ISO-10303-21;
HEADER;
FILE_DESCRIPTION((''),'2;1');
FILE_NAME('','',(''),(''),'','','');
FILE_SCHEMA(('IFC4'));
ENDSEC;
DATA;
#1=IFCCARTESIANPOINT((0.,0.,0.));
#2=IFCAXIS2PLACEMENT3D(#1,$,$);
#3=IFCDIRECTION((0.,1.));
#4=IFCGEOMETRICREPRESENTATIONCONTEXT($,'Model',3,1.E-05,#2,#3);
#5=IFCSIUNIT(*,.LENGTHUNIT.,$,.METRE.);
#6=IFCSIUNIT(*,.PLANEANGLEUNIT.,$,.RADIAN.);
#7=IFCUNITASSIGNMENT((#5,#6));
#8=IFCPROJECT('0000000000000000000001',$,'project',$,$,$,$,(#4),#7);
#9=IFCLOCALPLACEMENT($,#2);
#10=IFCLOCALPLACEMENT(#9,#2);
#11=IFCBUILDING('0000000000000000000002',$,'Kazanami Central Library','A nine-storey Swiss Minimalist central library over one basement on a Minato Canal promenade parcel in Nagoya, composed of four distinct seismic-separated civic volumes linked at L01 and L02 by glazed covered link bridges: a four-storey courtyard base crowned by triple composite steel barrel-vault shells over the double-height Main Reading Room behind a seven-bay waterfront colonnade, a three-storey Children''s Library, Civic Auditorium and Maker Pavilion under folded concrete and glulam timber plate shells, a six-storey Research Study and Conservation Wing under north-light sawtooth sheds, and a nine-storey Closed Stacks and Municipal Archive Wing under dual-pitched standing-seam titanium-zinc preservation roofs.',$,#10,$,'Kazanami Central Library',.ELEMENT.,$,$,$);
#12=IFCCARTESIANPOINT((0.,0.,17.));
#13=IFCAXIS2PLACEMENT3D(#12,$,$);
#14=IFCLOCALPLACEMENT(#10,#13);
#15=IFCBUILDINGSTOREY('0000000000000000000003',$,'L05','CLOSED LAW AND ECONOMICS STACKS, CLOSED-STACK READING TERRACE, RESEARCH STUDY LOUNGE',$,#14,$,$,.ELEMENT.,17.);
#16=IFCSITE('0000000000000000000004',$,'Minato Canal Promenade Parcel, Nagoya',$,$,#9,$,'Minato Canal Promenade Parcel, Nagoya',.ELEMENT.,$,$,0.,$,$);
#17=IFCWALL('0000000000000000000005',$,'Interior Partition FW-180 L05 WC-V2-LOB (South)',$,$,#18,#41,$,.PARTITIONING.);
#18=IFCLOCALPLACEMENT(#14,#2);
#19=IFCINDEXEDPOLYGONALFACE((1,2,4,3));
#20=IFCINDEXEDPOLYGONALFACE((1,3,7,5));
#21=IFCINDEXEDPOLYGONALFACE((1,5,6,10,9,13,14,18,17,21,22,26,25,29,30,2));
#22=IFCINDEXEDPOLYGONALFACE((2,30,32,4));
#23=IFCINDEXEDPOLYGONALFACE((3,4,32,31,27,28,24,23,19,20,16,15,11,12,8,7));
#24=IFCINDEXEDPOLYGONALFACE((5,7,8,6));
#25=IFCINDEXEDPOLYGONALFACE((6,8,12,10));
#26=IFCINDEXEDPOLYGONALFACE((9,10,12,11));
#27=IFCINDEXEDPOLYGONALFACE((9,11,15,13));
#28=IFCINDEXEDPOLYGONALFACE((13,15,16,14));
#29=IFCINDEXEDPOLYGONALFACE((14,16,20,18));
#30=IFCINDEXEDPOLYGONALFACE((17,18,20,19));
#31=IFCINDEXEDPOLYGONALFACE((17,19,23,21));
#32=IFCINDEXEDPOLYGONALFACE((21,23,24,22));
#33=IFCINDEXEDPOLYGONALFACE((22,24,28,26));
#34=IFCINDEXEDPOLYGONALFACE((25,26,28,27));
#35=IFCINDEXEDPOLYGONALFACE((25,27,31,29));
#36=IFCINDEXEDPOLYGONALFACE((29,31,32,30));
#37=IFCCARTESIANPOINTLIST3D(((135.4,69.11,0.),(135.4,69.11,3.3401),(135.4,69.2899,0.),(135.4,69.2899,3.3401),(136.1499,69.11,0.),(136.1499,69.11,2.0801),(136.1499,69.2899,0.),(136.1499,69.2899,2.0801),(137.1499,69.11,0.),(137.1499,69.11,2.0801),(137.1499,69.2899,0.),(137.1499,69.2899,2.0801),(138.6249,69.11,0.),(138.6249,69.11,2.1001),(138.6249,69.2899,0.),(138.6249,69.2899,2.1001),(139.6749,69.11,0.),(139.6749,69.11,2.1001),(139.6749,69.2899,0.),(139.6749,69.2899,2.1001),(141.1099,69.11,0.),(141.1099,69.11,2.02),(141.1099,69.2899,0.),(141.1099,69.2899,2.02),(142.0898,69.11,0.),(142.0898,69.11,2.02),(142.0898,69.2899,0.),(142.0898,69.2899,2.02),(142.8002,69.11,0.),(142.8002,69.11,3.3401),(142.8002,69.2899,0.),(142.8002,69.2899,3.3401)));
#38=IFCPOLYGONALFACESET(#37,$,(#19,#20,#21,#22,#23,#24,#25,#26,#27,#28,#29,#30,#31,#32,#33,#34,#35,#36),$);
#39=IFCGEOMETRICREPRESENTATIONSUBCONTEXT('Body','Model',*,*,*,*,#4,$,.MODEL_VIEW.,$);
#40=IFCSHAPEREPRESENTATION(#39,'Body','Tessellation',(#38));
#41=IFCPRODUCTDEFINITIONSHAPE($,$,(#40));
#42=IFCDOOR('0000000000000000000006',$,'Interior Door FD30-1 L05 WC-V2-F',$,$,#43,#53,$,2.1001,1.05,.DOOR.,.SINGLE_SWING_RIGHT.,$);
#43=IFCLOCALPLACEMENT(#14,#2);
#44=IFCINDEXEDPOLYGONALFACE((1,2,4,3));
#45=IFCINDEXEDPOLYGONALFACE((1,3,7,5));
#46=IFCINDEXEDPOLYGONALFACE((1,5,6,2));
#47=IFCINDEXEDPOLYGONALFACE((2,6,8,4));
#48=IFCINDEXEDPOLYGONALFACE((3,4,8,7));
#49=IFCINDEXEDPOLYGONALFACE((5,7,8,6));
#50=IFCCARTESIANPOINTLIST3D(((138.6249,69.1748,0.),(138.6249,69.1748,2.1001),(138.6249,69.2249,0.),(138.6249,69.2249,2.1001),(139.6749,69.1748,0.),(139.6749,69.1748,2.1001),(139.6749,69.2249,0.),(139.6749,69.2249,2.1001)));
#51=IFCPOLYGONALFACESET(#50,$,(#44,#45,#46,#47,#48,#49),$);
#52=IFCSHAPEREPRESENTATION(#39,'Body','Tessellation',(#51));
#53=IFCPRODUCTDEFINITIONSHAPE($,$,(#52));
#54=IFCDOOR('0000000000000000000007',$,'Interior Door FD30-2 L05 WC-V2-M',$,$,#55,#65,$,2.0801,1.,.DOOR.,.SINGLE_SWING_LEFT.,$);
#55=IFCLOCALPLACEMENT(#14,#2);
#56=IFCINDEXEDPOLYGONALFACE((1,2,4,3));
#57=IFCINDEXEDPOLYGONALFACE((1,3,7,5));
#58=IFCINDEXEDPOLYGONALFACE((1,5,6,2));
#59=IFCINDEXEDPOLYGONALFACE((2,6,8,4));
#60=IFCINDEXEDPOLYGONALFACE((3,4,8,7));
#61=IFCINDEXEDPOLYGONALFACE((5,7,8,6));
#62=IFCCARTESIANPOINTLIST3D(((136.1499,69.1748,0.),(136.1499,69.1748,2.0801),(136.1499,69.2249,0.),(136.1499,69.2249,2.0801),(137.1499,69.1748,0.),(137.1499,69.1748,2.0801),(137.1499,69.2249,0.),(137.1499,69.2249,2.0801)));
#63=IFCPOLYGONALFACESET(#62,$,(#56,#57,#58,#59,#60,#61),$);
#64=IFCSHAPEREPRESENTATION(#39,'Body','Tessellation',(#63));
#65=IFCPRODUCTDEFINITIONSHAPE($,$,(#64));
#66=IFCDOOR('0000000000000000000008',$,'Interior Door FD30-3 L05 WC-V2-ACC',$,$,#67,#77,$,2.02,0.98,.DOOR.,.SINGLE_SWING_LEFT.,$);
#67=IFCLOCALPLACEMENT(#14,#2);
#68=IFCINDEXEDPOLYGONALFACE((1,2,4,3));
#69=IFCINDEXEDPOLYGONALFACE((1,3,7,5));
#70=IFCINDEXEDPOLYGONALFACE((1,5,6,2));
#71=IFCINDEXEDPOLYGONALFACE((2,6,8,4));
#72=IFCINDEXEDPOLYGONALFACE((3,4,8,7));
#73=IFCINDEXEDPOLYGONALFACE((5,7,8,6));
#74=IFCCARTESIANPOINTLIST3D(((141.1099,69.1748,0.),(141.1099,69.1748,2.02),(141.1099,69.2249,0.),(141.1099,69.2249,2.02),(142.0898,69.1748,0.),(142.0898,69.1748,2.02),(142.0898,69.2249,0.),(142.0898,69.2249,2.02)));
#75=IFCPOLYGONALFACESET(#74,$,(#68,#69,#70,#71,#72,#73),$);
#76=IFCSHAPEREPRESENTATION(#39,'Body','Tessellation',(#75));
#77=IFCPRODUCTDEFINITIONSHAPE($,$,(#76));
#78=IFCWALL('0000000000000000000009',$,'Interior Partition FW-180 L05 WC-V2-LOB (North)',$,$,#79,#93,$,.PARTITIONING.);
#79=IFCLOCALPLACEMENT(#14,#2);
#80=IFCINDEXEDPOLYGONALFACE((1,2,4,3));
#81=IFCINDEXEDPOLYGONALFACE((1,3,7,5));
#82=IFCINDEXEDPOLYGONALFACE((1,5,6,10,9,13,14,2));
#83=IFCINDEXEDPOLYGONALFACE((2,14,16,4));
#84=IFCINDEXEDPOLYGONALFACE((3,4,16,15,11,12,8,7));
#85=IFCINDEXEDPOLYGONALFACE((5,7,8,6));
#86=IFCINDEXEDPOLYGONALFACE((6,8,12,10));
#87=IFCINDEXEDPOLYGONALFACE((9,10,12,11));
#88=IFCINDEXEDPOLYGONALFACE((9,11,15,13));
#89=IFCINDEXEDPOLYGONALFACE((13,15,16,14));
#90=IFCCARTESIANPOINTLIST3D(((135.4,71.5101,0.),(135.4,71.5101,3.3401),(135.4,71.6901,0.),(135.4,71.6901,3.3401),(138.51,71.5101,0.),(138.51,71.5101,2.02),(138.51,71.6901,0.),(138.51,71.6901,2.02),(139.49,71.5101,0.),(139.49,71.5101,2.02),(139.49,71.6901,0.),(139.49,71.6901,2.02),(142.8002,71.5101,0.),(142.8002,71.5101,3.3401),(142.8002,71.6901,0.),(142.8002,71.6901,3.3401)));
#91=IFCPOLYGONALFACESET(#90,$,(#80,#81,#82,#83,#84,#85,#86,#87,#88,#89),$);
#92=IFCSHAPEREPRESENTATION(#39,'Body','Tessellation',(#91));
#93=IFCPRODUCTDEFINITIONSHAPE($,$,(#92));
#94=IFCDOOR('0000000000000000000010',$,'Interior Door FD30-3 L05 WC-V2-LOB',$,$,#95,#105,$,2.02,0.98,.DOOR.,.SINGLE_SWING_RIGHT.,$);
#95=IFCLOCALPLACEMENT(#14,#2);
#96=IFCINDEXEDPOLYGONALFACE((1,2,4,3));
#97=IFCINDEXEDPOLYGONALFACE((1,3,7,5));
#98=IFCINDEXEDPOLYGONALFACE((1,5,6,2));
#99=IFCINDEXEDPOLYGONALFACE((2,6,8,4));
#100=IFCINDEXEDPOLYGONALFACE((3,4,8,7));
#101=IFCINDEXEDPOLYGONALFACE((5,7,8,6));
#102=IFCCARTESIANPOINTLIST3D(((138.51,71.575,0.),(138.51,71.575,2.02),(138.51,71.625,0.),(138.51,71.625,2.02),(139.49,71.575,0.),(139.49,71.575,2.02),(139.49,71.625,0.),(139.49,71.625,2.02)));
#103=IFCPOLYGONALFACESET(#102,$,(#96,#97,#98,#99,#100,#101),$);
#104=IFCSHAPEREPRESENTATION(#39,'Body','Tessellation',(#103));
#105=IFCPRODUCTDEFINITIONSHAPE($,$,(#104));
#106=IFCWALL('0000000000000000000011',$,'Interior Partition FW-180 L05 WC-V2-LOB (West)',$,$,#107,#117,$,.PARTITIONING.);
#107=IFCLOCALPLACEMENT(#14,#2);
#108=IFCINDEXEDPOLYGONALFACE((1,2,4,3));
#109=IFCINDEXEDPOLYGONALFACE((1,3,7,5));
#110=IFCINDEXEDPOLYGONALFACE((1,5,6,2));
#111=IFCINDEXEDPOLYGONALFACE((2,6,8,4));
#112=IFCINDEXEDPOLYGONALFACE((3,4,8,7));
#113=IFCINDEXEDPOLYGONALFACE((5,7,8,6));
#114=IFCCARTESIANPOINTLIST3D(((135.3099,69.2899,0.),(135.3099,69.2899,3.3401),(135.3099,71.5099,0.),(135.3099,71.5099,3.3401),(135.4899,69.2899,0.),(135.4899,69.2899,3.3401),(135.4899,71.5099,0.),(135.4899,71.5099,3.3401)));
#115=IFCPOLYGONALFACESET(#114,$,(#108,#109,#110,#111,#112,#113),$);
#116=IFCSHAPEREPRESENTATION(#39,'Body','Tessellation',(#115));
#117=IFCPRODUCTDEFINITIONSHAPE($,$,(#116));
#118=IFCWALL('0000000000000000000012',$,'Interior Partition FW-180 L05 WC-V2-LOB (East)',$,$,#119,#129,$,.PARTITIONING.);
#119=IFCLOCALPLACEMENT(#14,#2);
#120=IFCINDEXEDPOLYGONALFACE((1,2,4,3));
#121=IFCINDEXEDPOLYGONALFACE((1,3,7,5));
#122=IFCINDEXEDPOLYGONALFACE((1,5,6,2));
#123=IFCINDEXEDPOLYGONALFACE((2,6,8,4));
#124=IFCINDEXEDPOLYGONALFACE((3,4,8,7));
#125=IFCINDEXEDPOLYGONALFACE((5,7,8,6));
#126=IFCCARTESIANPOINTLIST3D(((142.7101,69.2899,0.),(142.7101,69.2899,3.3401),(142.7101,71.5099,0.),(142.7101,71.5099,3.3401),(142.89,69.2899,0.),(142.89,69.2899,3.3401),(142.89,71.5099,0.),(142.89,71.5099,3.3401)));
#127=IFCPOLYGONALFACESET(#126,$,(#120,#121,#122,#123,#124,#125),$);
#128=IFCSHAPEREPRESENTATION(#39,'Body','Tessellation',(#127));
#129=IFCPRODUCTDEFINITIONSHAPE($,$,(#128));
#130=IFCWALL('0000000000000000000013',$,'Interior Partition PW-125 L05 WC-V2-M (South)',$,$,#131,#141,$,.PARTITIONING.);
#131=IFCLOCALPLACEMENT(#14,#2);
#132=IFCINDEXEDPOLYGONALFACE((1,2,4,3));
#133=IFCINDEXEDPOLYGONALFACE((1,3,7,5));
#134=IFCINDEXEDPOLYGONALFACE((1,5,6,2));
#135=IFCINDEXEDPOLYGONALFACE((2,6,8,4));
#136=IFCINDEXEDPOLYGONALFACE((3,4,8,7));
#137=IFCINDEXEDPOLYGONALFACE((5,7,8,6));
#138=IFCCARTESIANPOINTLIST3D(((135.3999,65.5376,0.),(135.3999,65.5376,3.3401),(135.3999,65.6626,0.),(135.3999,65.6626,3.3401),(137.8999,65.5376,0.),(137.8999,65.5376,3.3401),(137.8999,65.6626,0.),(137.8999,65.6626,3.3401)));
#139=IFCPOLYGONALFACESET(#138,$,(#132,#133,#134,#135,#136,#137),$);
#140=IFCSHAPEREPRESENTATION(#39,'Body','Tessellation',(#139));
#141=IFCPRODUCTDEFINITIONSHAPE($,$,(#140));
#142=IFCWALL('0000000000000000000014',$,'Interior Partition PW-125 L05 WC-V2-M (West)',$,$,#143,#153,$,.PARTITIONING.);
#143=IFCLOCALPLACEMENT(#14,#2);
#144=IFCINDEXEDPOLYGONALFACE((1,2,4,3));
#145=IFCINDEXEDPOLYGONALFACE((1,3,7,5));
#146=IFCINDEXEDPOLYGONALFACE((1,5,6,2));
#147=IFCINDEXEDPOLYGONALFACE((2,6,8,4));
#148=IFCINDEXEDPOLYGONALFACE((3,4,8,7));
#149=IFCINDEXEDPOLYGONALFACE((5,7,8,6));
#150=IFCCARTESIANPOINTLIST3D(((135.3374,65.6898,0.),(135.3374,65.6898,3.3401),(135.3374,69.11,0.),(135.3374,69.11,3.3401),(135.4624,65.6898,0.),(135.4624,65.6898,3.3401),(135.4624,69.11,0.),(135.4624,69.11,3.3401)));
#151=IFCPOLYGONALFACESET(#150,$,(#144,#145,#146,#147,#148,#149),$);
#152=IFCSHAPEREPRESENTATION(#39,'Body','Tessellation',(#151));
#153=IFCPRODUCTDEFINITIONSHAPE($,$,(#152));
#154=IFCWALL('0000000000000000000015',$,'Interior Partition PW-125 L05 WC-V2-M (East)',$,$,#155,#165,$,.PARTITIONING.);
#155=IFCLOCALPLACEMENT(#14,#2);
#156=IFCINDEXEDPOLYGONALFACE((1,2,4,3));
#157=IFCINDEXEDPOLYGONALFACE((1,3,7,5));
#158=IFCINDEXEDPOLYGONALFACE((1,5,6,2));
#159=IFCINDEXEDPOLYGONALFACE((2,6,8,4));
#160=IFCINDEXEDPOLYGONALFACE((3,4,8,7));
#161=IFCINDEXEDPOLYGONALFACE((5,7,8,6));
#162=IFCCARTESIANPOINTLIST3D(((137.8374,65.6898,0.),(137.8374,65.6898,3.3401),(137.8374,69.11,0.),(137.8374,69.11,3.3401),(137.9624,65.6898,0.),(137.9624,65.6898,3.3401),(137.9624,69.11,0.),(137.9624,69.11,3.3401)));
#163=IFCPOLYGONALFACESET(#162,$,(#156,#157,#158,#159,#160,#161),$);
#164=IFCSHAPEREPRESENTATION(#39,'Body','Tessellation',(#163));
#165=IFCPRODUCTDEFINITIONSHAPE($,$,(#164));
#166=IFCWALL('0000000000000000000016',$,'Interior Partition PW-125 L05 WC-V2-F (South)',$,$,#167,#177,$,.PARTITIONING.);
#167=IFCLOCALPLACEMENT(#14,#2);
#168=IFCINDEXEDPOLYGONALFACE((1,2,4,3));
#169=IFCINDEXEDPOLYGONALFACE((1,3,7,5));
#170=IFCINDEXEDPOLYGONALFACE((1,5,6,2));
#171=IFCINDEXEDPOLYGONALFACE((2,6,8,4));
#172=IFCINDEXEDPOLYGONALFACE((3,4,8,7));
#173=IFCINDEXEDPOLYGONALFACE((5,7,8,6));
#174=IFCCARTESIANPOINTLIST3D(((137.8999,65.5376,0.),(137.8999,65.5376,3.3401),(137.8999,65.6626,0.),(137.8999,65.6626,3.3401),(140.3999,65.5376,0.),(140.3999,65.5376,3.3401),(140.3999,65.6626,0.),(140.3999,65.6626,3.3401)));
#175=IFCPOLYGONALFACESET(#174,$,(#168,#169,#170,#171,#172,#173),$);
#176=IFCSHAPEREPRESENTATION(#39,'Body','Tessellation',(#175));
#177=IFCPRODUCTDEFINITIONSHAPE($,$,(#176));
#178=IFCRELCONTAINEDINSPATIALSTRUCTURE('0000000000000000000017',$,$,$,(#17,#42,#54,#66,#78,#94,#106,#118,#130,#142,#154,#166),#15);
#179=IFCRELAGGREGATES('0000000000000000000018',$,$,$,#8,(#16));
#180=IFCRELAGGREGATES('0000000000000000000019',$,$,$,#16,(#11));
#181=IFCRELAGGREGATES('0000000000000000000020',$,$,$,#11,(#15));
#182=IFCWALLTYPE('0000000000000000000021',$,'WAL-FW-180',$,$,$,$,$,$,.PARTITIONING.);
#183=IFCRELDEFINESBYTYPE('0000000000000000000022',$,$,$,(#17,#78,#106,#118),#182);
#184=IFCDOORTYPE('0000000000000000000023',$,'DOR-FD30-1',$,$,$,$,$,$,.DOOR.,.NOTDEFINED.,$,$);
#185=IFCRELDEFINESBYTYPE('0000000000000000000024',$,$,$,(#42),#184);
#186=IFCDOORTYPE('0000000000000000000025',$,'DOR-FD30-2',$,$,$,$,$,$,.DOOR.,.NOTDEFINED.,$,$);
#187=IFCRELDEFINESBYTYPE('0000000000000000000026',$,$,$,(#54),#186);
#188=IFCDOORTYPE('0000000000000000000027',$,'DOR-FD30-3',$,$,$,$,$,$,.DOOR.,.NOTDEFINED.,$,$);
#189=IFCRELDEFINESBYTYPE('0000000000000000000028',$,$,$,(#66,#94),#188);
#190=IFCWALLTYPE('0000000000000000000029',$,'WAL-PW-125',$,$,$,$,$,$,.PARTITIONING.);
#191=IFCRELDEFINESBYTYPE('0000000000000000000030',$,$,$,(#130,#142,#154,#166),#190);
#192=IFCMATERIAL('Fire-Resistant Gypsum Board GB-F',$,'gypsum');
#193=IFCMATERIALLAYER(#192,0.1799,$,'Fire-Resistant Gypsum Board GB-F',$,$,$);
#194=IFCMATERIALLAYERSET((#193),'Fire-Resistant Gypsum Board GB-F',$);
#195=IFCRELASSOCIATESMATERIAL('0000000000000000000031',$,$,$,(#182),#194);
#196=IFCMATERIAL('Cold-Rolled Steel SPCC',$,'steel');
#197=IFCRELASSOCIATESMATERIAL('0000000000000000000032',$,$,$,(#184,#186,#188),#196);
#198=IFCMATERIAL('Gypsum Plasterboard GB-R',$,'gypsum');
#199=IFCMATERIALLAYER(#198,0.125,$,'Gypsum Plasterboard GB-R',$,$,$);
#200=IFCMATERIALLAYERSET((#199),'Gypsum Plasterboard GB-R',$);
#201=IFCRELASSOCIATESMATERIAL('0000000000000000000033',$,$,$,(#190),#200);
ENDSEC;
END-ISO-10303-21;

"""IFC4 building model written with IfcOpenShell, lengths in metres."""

from ifc_helpers import new_model, si_unit, direction, frame, frame_2d, origin, place, context, subcontext, project, spatial, rectangle, extrude, material, layer, layer_set, type_object, element, fill, save


model = new_model("IFC4")

# Units and contexts
model_context = context("Model", 3, precision=1e-05, world=origin(), true_north=direction((0.0, 1.0)))
body_context = subcontext(model_context, "Body", "Model", "MODEL_VIEW")
ifc_project = project(units=[si_unit("LENGTHUNIT", "METRE"), si_unit("PLANEANGLEUNIT", "RADIAN")], contexts=[model_context])

# Site, building, storey
site_placement = place(None, origin())
site = spatial("IfcSite", under=ifc_project, at=site_placement, Name="Minato Canal Promenade Parcel, Nagoya", LongName="Minato Canal Promenade Parcel, Nagoya", CompositionType="ELEMENT", RefElevation=0.0)
building_placement = place(site_placement, origin())
building = spatial("IfcBuilding", under=site, at=building_placement, Name="Kazanami Central Library", Description="A nine-storey Swiss Minimalist central library over one basement on a Minato Canal promenade parcel in Nagoya, composed of four distinct seismic-separated civic volumes linked at L01 and L02 by glazed covered link bridges: a four-storey courtyard base crowned by triple composite steel barrel-vault shells over the double-height Main Reading Room behind a seven-bay waterfront colonnade, a three-storey Children's Library, Civic Auditorium and Maker Pavilion under folded concrete and glulam timber plate shells, a six-storey Research Study and Conservation Wing under north-light sawtooth sheds, and a nine-storey Closed Stacks and Municipal Archive Wing under dual-pitched standing-seam titanium-zinc preservation roofs.", LongName="Kazanami Central Library", CompositionType="ELEMENT")
storey_placement = place(building_placement, frame((0.0, 0.0, 17.0)))
storey = spatial("IfcBuildingStorey", under=building, at=storey_placement, Name="L05", Description="CLOSED LAW AND ECONOMICS STACKS, CLOSED-STACK READING TERRACE, RESEARCH STUDY LOUNGE", CompositionType="ELEMENT", Elevation=17.0)

# Wall, openings, doors
ifc_material_1 = material(Name="Fire-Resistant Gypsum Board GB-F", Category="gypsum")
ifc_layer_1 = layer(ifc_material_1, 0.1799, Name="Fire-Resistant Gypsum Board GB-F")
ifc_layer_set_1 = layer_set([ifc_layer_1], Name="Fire-Resistant Gypsum Board GB-F")
wall_type_1 = type_object("IfcWallType", Name="WAL-FW-180", PredefinedType="PARTITIONING", material=ifc_layer_set_1)
wall_1_placement = place(storey_placement, frame((135.3999, 69.2, 0.0), z_axis=(0.0, 0.0, 1.0), x_axis=(1.0, 0.0, 0.0)))
wall_1 = element("IfcWall", 1, at=wall_1_placement, inside=storey, type_object=wall_type_1, Name="Interior Partition FW-180 L05 WC-V2-LOB (South)", PredefinedType="PARTITIONING", context=body_context, shape_type="SweptSolid", body=[
    extrude(rectangle(XDim=7.4001, YDim=0.1799, at=frame_2d((3.7002, 0.0))), origin(), (0.0, 0.0, 1.0), 3.3401),
])
opening_1_placement = place(wall_1_placement, frame((0.75, 0.0, 0.0)))
opening_1 = element("IfcOpeningElement", 2, at=opening_1_placement, cuts=wall_1, PredefinedType="OPENING", context=body_context, shape_type="SweptSolid", body=[
    extrude(rectangle(XDim=1.0, YDim=2.0801, at=frame_2d((0.5, 1.04))), frame((0.0, 0.1021, 0.0), z_axis=(0.0, -1.0, 0.0), x_axis=(1.0, 0.0, 0.0)), (0.0, 0.0, 1.0), 0.2039),
])
opening_2_placement = place(wall_1_placement, frame((3.2251, 0.0, 0.0)))
opening_2 = element("IfcOpeningElement", 3, at=opening_2_placement, cuts=wall_1, PredefinedType="OPENING", context=body_context, shape_type="SweptSolid", body=[
    extrude(rectangle(XDim=1.05, YDim=2.1001, at=frame_2d((0.5249, 1.05))), frame((0.0, 0.1021, 0.0), z_axis=(0.0, -1.0, 0.0), x_axis=(1.0, 0.0, 0.0)), (0.0, 0.0, 1.0), 0.2039),
])
opening_3_placement = place(wall_1_placement, frame((5.71, 0.0, 0.0)))
opening_3 = element("IfcOpeningElement", 4, at=opening_3_placement, cuts=wall_1, PredefinedType="OPENING", context=body_context, shape_type="SweptSolid", body=[
    extrude(rectangle(XDim=0.98, YDim=2.02, at=frame_2d((0.49, 1.01))), frame((0.0, 0.1021, 0.0), z_axis=(0.0, -1.0, 0.0), x_axis=(1.0, 0.0, 0.0)), (0.0, 0.0, 1.0), 0.2039),
])
ifc_material_2 = material(Name="Cold-Rolled Steel SPCC", Category="steel")
door_type_1 = type_object("IfcDoorType", Name="DOR-FD30-1", OperationType="NOTDEFINED", PredefinedType="DOOR", material=ifc_material_2)
door_1_placement = place(opening_2_placement, origin())
door_1 = element("IfcDoor", 5, at=door_1_placement, inside=storey, type_object=door_type_1, Name="Interior Door FD30-1 L05 WC-V2-F", OperationType="SINGLE_SWING_RIGHT", OverallHeight=2.1001, OverallWidth=1.05, PredefinedType="DOOR", context=body_context, shape_type="SweptSolid", body=[
    extrude(rectangle(XDim=1.05, YDim=2.1001, at=frame_2d((0.5249, 1.05))), frame((0.0, 0.0249, 0.0), z_axis=(0.0, -1.0, 0.0), x_axis=(1.0, 0.0, 0.0)), (0.0, 0.0, 1.0), 0.05),
])
fill(opening_2, door_1)
door_type_2 = type_object("IfcDoorType", Name="DOR-FD30-2", OperationType="NOTDEFINED", PredefinedType="DOOR", material=ifc_material_2)
door_2_placement = place(opening_1_placement, origin())
door_2 = element("IfcDoor", 6, at=door_2_placement, inside=storey, type_object=door_type_2, Name="Interior Door FD30-2 L05 WC-V2-M", OperationType="SINGLE_SWING_LEFT", OverallHeight=2.0801, OverallWidth=1.0, PredefinedType="DOOR", context=body_context, shape_type="SweptSolid", body=[
    extrude(rectangle(XDim=1.0, YDim=2.0801, at=frame_2d((0.5, 1.04))), frame((0.0, 0.0249, 0.0), z_axis=(0.0, -1.0, 0.0), x_axis=(1.0, 0.0, 0.0)), (0.0, 0.0, 1.0), 0.05),
])
fill(opening_1, door_2)
door_type_3 = type_object("IfcDoorType", Name="DOR-FD30-3", OperationType="NOTDEFINED", PredefinedType="DOOR", material=ifc_material_2)
door_3_placement = place(opening_3_placement, origin())
door_3 = element("IfcDoor", 7, at=door_3_placement, inside=storey, type_object=door_type_3, Name="Interior Door FD30-3 L05 WC-V2-ACC", OperationType="SINGLE_SWING_LEFT", OverallHeight=2.02, OverallWidth=0.98, PredefinedType="DOOR", context=body_context, shape_type="SweptSolid", body=[
    extrude(rectangle(XDim=0.98, YDim=2.02, at=frame_2d((0.49, 1.01))), frame((0.0, 0.0249, 0.0), z_axis=(0.0, -1.0, 0.0), x_axis=(1.0, 0.0, 0.0)), (0.0, 0.0, 1.0), 0.05),
])
fill(opening_3, door_3)

# Wall, opening, door
wall_2_placement = place(storey_placement, frame((135.3999, 71.6001, 0.0), z_axis=(0.0, 0.0, 1.0), x_axis=(1.0, 0.0, 0.0)))
wall_2 = element("IfcWall", 8, at=wall_2_placement, inside=storey, type_object=wall_type_1, Name="Interior Partition FW-180 L05 WC-V2-LOB (North)", PredefinedType="PARTITIONING", context=body_context, shape_type="SweptSolid", body=[
    extrude(rectangle(XDim=7.4001, YDim=0.1799, at=frame_2d((3.7002, 0.0))), origin(), (0.0, 0.0, 1.0), 3.3401),
])
opening_4_placement = place(wall_2_placement, frame((3.1101, 0.0, 0.0)))
opening_4 = element("IfcOpeningElement", 9, at=opening_4_placement, cuts=wall_2, PredefinedType="OPENING", context=body_context, shape_type="SweptSolid", body=[
    extrude(rectangle(XDim=0.98, YDim=2.02, at=frame_2d((0.49, 1.01))), frame((0.0, 0.1021, 0.0), z_axis=(0.0, -1.0, 0.0), x_axis=(1.0, 0.0, 0.0)), (0.0, 0.0, 1.0), 0.2039),
])
door_4_placement = place(opening_4_placement, origin())
door_4 = element("IfcDoor", 10, at=door_4_placement, inside=storey, type_object=door_type_3, Name="Interior Door FD30-3 L05 WC-V2-LOB", OperationType="SINGLE_SWING_RIGHT", OverallHeight=2.02, OverallWidth=0.98, PredefinedType="DOOR", context=body_context, shape_type="SweptSolid", body=[
    extrude(rectangle(XDim=0.98, YDim=2.02, at=frame_2d((0.49, 1.01))), frame((0.0, 0.0249, 0.0), z_axis=(0.0, -1.0, 0.0), x_axis=(1.0, 0.0, 0.0)), (0.0, 0.0, 1.0), 0.05),
])
fill(opening_4, door_4)

# Walls
for number, where, z_axis, x_axis, name in (
    (11, (135.3999, 69.29, 0.0), (0.0, 0.0, 1.0), (0.0, 1.0, 0.0), "Interior Partition FW-180 L05 WC-V2-LOB (West)"),
    (12, (142.8, 69.29, 0.0), (0.0, 0.0, 1.0), (0.0, 1.0, 0.0), "Interior Partition FW-180 L05 WC-V2-LOB (East)"),
):
    element("IfcWall", number, at=place(storey_placement, frame(where, z_axis=z_axis, x_axis=x_axis)), inside=storey, type_object=wall_type_1, Name=name, PredefinedType="PARTITIONING", context=body_context, shape_type="SweptSolid", body=[
        extrude(rectangle(XDim=2.22, YDim=0.1799, at=frame_2d((1.1099, 0.0))), origin(), (0.0, 0.0, 1.0), 3.3401),
    ])
ifc_material_3 = material(Name="Gypsum Plasterboard GB-R", Category="gypsum")
ifc_layer_2 = layer(ifc_material_3, 0.125, Name="Gypsum Plasterboard GB-R")
ifc_layer_set_2 = layer_set([ifc_layer_2], Name="Gypsum Plasterboard GB-R")
wall_type_2 = type_object("IfcWallType", Name="WAL-PW-125", PredefinedType="PARTITIONING", material=ifc_layer_set_2)
wall_3_placement = place(storey_placement, frame((135.3999, 65.6001, 0.0), z_axis=(0.0, 0.0, 1.0), x_axis=(1.0, 0.0, 0.0)))
element("IfcWall", 13, at=wall_3_placement, inside=storey, type_object=wall_type_2, Name="Interior Partition PW-125 L05 WC-V2-M (South)", PredefinedType="PARTITIONING", context=body_context, shape_type="SweptSolid", body=[
    extrude(rectangle(XDim=2.5, YDim=0.125, at=frame_2d((1.25, 0.0))), origin(), (0.0, 0.0, 1.0), 3.3401),
])
for number, where, z_axis, x_axis, name in (
    (14, (135.3999, 65.6899, 0.0), (0.0, 0.0, 1.0), (0.0, 1.0, 0.0), "Interior Partition PW-125 L05 WC-V2-M (West)"),
    (15, (137.8999, 65.6899, 0.0), (0.0, 0.0, 1.0), (0.0, 1.0, 0.0), "Interior Partition PW-125 L05 WC-V2-M (East)"),
):
    element("IfcWall", number, at=place(storey_placement, frame(where, z_axis=z_axis, x_axis=x_axis)), inside=storey, type_object=wall_type_2, Name=name, PredefinedType="PARTITIONING", context=body_context, shape_type="SweptSolid", body=[
        extrude(rectangle(XDim=3.4202, YDim=0.125, at=frame_2d((1.71, 0.0))), origin(), (0.0, 0.0, 1.0), 3.3401),
    ])
wall_4_placement = place(storey_placement, frame((137.8999, 65.6001, 0.0), z_axis=(0.0, 0.0, 1.0), x_axis=(1.0, 0.0, 0.0)))
element("IfcWall", 16, at=wall_4_placement, inside=storey, type_object=wall_type_2, Name="Interior Partition PW-125 L05 WC-V2-F (South)", PredefinedType="PARTITIONING", context=body_context, shape_type="SweptSolid", body=[
    extrude(rectangle(XDim=2.5, YDim=0.125, at=frame_2d((1.25, 0.0))), origin(), (0.0, 0.0, 1.0), 3.3401),
])

save(model, "model.ifc")
